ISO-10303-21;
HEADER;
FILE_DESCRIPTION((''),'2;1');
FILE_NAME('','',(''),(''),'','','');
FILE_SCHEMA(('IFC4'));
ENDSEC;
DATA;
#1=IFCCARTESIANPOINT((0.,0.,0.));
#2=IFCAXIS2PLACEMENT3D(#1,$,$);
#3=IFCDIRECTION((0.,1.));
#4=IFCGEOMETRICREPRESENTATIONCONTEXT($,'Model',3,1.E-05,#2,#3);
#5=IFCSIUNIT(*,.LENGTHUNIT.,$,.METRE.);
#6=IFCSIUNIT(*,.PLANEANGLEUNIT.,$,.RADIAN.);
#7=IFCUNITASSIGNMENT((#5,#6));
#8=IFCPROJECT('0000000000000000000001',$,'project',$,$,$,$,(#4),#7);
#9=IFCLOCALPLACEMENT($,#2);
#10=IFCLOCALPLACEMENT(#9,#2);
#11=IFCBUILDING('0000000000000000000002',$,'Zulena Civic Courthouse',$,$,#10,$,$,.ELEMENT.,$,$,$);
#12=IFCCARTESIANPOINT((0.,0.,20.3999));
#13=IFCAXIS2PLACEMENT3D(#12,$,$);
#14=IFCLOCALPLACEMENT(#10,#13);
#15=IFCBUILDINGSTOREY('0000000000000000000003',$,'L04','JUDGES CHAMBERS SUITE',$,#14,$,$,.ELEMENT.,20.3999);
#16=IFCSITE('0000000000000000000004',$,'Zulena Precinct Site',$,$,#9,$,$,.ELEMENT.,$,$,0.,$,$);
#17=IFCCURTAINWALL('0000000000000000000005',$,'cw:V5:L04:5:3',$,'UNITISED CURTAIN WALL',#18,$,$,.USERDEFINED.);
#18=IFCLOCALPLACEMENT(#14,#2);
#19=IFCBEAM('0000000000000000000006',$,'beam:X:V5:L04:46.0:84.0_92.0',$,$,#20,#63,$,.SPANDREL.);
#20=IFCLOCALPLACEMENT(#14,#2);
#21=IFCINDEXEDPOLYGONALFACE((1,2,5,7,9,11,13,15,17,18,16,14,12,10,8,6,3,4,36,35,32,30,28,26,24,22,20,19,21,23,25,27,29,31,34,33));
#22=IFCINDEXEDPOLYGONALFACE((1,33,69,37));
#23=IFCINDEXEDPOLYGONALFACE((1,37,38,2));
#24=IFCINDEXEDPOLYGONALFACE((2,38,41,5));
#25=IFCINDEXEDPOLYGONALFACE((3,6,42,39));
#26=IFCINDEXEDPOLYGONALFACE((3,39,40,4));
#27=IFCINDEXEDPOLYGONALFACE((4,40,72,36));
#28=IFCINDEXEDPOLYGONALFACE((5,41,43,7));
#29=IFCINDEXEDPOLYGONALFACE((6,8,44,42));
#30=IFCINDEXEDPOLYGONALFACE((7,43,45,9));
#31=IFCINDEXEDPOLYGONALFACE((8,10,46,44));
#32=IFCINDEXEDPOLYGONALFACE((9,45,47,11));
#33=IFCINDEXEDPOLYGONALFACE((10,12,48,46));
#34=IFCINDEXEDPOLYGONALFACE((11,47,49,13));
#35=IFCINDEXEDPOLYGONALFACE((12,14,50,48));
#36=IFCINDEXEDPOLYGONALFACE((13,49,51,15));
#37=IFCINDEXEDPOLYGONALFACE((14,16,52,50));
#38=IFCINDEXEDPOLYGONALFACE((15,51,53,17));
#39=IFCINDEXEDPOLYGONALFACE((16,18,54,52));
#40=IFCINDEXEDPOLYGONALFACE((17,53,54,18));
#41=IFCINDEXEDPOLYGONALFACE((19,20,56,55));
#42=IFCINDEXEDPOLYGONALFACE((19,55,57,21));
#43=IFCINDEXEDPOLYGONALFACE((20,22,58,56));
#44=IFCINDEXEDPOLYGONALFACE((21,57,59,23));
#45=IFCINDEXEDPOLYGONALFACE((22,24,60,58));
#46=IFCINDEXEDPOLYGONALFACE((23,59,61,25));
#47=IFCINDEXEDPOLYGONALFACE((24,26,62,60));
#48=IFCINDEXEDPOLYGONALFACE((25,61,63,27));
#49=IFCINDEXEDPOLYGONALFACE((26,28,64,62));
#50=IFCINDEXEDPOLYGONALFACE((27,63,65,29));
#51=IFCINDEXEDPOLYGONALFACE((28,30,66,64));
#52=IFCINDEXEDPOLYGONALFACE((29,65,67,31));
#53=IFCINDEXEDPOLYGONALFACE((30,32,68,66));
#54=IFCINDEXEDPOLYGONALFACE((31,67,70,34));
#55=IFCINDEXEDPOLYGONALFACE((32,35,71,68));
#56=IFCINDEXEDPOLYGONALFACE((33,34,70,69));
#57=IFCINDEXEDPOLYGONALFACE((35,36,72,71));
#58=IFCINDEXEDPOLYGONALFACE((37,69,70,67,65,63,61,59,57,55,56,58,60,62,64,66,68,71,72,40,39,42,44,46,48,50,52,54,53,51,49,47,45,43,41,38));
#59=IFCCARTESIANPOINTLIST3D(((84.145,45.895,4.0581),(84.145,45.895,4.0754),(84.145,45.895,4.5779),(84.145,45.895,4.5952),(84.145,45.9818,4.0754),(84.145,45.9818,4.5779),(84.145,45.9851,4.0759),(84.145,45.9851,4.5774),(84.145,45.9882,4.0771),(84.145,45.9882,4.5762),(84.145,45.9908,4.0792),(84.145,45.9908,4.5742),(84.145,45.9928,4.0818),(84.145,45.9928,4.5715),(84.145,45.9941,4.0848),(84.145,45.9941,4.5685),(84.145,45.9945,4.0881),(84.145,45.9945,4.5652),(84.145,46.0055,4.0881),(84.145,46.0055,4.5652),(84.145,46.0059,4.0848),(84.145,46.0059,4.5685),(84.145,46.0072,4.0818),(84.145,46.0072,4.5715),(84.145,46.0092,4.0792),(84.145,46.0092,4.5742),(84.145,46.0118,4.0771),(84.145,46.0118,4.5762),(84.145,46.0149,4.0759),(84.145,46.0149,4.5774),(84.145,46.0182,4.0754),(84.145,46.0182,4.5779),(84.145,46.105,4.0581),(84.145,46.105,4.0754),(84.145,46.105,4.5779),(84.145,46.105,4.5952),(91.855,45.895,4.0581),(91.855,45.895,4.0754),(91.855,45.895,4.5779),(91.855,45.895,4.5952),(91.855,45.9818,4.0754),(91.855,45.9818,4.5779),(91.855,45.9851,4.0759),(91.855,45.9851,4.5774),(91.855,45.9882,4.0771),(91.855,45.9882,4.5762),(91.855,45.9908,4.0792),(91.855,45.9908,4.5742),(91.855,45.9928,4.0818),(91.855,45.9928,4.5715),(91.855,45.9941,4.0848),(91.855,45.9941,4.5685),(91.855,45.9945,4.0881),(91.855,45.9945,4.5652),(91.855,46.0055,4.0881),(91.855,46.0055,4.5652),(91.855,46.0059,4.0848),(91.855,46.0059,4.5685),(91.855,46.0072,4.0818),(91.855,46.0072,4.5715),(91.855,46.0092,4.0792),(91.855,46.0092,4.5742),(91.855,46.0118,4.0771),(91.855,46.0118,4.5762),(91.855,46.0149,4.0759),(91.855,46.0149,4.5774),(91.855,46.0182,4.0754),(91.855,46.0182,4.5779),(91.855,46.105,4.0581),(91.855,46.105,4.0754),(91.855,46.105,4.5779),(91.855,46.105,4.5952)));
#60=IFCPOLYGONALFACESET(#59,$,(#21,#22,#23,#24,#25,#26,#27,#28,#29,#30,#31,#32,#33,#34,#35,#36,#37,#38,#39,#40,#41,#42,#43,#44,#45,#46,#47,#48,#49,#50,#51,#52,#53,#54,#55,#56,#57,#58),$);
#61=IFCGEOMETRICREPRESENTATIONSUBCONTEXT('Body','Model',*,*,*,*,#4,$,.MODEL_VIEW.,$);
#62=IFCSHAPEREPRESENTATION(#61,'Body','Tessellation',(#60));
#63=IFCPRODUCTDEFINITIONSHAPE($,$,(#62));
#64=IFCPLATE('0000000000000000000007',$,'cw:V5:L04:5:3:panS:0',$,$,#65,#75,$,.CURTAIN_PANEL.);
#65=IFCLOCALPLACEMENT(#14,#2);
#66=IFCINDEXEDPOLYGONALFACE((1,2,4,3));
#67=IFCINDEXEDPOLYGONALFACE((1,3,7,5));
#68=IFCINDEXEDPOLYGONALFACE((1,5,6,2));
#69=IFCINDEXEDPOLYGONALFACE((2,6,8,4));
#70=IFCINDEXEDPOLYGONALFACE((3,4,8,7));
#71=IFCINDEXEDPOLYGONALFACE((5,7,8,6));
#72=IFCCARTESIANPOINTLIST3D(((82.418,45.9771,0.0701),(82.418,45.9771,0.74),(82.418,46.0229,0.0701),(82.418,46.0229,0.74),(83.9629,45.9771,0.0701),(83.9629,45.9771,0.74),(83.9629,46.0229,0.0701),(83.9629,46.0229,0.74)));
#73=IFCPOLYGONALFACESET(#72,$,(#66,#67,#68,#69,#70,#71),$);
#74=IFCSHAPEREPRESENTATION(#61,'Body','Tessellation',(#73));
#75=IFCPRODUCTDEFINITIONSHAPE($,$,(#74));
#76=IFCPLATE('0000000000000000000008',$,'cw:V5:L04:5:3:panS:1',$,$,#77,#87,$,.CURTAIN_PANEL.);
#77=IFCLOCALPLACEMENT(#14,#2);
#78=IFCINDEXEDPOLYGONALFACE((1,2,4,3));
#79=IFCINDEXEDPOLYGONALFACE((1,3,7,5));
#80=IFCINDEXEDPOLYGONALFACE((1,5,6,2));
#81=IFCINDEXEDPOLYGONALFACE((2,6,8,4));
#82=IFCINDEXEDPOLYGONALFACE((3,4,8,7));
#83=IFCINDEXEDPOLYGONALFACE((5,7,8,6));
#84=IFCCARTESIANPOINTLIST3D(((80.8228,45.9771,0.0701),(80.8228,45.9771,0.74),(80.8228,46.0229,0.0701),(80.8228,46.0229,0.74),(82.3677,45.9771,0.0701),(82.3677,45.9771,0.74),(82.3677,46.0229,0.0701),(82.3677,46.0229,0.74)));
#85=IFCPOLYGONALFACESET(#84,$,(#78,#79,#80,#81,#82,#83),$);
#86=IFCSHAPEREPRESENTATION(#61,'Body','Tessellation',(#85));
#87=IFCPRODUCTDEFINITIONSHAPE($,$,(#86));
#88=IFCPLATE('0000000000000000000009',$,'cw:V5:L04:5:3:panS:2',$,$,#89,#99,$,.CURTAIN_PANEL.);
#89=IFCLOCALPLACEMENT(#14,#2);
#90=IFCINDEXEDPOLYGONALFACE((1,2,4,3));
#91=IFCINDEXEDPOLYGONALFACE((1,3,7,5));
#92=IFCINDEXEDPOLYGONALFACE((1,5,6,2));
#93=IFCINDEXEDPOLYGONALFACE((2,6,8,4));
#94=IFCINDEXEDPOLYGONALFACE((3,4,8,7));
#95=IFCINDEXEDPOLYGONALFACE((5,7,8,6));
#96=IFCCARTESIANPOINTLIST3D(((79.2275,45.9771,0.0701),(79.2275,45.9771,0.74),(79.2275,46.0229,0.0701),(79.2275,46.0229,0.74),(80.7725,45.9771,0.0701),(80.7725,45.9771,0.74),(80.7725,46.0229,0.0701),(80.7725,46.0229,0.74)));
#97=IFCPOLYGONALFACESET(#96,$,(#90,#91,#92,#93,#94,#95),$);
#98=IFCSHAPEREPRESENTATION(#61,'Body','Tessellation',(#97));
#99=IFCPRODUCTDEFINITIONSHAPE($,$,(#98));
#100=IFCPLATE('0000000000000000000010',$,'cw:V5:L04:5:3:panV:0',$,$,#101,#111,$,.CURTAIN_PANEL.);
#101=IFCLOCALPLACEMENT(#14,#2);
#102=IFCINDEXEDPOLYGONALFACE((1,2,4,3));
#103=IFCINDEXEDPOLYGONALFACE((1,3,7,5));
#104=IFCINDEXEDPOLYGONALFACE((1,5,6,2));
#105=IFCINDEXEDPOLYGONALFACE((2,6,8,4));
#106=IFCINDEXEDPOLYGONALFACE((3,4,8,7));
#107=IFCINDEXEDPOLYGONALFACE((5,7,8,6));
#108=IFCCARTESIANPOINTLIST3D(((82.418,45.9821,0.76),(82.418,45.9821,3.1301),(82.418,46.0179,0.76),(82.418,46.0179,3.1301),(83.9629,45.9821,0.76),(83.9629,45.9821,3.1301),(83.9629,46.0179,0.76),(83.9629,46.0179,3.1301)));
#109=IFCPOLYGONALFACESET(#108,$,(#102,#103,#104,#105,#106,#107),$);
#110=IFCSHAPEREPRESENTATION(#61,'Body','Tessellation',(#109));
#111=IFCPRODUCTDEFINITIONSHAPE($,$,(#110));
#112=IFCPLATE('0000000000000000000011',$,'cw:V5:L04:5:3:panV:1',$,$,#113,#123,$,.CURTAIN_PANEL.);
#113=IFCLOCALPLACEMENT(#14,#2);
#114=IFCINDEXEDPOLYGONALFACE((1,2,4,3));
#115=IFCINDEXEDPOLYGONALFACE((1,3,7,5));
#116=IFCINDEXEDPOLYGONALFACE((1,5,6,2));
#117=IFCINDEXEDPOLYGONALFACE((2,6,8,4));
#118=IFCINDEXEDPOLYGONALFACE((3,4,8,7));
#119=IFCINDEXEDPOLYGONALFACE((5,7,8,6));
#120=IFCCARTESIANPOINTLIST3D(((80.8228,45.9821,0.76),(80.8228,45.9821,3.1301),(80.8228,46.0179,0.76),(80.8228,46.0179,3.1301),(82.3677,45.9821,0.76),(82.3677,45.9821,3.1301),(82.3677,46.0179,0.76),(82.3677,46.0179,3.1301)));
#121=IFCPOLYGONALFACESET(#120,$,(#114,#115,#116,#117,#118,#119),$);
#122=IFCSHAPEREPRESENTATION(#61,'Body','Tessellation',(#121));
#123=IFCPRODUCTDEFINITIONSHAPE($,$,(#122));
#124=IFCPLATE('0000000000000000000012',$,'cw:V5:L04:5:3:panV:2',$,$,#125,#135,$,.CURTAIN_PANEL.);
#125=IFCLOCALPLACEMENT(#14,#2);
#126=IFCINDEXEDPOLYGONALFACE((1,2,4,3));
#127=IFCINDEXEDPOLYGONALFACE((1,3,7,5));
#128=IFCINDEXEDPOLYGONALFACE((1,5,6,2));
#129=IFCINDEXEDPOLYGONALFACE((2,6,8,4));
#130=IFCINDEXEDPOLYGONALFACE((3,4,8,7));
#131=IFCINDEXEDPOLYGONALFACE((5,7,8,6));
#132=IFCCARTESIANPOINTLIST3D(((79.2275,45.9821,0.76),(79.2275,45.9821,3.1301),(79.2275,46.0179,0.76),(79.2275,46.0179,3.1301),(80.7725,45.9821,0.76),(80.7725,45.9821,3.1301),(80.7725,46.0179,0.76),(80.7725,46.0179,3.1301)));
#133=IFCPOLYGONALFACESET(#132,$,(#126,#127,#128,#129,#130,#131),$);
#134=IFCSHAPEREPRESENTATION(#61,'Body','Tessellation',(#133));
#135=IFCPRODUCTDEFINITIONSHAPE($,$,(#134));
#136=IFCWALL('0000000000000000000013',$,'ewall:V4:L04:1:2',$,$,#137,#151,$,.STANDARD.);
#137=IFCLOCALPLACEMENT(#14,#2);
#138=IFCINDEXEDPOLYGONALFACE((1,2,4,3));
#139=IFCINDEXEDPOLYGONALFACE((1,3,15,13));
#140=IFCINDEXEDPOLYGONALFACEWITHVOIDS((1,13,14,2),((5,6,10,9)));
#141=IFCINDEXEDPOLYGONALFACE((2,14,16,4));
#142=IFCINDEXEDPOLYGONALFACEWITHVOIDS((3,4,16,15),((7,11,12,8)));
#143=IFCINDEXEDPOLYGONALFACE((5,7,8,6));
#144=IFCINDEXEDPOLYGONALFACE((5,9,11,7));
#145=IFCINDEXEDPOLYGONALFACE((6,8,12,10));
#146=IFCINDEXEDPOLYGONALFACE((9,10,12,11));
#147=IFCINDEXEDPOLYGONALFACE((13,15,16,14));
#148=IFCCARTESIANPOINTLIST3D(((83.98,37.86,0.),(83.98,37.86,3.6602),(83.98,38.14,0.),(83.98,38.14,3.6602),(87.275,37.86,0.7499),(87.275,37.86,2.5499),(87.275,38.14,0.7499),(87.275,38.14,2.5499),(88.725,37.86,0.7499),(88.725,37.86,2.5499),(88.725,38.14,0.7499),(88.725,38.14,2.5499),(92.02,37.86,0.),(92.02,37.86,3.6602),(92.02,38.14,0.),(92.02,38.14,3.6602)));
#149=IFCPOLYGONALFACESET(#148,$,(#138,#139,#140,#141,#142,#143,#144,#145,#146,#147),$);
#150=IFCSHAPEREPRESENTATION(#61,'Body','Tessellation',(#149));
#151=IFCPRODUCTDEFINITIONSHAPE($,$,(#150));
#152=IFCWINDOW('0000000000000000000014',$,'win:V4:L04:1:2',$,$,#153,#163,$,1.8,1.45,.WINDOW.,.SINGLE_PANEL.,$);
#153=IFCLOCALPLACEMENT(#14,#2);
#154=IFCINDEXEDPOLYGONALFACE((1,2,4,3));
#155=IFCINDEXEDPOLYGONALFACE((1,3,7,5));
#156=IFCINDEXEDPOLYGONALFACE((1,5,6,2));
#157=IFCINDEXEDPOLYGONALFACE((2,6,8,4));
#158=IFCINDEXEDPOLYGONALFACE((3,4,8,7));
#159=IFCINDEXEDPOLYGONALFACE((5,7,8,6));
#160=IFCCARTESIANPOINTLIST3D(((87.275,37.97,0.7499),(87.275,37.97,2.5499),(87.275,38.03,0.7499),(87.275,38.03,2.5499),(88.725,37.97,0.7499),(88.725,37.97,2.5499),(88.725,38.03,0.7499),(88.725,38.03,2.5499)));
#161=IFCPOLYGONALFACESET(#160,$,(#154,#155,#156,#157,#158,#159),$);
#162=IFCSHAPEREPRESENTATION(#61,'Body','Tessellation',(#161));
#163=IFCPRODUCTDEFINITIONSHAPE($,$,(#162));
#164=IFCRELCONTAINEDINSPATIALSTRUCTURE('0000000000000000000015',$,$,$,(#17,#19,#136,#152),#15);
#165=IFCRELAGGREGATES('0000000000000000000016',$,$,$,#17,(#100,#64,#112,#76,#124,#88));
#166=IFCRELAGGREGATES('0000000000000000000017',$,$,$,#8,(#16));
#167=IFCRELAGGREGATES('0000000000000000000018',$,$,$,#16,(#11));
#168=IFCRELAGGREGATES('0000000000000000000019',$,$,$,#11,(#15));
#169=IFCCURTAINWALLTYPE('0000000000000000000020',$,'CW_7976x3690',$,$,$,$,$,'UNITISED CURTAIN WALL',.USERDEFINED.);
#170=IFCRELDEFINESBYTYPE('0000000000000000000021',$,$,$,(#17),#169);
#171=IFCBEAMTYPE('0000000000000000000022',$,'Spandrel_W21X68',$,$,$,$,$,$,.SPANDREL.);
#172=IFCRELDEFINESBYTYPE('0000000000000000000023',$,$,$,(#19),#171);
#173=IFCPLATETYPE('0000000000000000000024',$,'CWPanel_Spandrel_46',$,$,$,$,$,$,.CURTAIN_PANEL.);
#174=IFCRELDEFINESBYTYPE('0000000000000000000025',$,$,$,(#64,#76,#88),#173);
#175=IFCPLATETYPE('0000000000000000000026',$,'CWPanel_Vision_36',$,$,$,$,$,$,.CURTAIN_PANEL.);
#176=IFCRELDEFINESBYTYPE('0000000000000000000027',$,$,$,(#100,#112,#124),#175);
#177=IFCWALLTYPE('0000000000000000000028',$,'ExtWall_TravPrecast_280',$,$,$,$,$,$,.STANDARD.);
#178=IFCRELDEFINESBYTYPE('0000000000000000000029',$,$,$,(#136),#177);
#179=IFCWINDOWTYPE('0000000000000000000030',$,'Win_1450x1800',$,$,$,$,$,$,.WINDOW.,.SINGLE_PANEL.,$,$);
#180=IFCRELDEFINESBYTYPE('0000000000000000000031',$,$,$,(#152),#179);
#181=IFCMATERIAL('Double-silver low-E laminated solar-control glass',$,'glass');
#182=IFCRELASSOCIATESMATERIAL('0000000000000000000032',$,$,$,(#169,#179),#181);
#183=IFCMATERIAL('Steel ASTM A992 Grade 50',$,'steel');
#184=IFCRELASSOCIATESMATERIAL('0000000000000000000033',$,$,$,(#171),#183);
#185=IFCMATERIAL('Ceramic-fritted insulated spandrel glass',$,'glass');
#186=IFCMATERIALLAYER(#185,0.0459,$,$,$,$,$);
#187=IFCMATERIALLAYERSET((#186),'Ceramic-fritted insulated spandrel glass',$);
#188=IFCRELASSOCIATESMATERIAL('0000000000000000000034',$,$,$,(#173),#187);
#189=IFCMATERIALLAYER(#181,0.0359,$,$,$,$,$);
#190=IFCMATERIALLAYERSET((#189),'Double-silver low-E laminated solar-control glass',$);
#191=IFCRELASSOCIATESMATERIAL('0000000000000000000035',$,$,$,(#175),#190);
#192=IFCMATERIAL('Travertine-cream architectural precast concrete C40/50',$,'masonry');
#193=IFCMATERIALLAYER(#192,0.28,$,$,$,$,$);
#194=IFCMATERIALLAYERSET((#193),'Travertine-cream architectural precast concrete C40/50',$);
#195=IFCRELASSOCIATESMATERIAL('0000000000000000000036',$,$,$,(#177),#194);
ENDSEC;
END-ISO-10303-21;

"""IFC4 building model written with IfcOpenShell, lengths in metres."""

from ifc_helpers import new_model, si_unit, direction, frame, frame_2d, origin, origin_2d, place, context, subcontext, project, spatial, rectangle, i_section, extrude, material, layer, layer_set, material_profile, profile_set, type_object, element, fill, aggregate, save


model = new_model("IFC4")

# Units and contexts
model_context = context("Model", 3, precision=1e-05, world=origin(), true_north=direction((0.0, 1.0)))
body_context = subcontext(model_context, "Body", "Model", "MODEL_VIEW")
ifc_project = project(units=[si_unit("LENGTHUNIT", "METRE"), si_unit("PLANEANGLEUNIT", "RADIAN")], contexts=[model_context])

# Site, building, storey
site_placement = place(None, origin())
site = spatial("IfcSite", under=ifc_project, at=site_placement, Name="Zulena Precinct Site", CompositionType="ELEMENT", RefElevation=0.0)
building_placement = place(site_placement, origin())
building = spatial("IfcBuilding", under=site, at=building_placement, Name="Zulena Civic Courthouse", CompositionType="ELEMENT")
storey_placement = place(building_placement, frame((0.0, 0.0, 20.3999)))
storey = spatial("IfcBuildingStorey", under=building, at=storey_placement, Name="L04", Description="JUDGES CHAMBERS SUITE", CompositionType="ELEMENT", Elevation=20.3999)

# Shared definitions
ifc_material_1 = material(Name="Steel ASTM A992 Grade 50", Category="steel")

# Curtain wall
ifc_material_2 = material(Name="Double-silver low-E laminated solar-control glass", Category="glass")
curtain_wall_type = type_object("IfcCurtainWallType", Name="CW_7976x3690", ElementType="UNITISED CURTAIN WALL", PredefinedType="USERDEFINED", material=ifc_material_2)
curtain_wall_placement = place(storey_placement, origin())
curtain_wall = element("IfcCurtainWall", 1, at=curtain_wall_placement, inside=storey, type_object=curtain_wall_type, Name="cw:V5:L04:5:3", ObjectType="UNITISED CURTAIN WALL", PredefinedType="USERDEFINED")

# Beam
ifc_material_profile_1 = material_profile(ifc_material_1, i_section(OverallWidth=0.21, OverallDepth=0.5371, WebThickness=0.011, FlangeThickness=0.0173, FilletRadius=0.0127, at=origin_2d()), Name="W21X68")
ifc_profile_set_1 = profile_set([ifc_material_profile_1], Name="Steel ASTM A992 Grade 50")
beam_type_1 = type_object("IfcBeamType", Name="Spandrel_W21X68", PredefinedType="SPANDREL", material=ifc_profile_set_1)
for number, where, z_axis, x_axis, name in (
    (2, (84.145, 46.0, 4.3267), (1.0, 0.0, 0.0), (0.0, 1.0, 0.0), "beam:X:V5:L04:46.0:84.0_92.0"),
):
    element("IfcBeam", number, at=place(storey_placement, frame(where, z_axis=z_axis, x_axis=x_axis)), inside=storey, type_object=beam_type_1, Name=name, PredefinedType="SPANDREL", context=body_context, shape_type="SweptSolid", body=[
        extrude(i_section(OverallWidth=0.21, OverallDepth=0.5371, WebThickness=0.011, FlangeThickness=0.0173, FilletRadius=0.0127, at=origin_2d()), origin(), (0.0, 0.0, 1.0), 7.71),
    ])

# Plates
ifc_material_3 = material(Name="Ceramic-fritted insulated spandrel glass", Category="glass")
ifc_layer_1 = layer(ifc_material_3, 0.0459)
ifc_layer_set_1 = layer_set([ifc_layer_1], Name="Ceramic-fritted insulated spandrel glass")
plate_type_1 = type_object("IfcPlateType", Name="CWPanel_Spandrel_46", PredefinedType="CURTAIN_PANEL", material=ifc_layer_set_1)
plate_1_placement = place(storey_placement, frame((83.1904, 46.0, 0.0701), z_axis=(0.0, 0.0, 1.0), x_axis=(-1.0, 0.0, 0.0)))
plate_1 = element("IfcPlate", 3, at=plate_1_placement, type_object=plate_type_1, Name="cw:V5:L04:5:3:panS:0", PredefinedType="CURTAIN_PANEL", context=body_context, shape_type="SweptSolid", body=[
    extrude(rectangle(XDim=1.5449, YDim=0.0459, at=origin_2d()), origin(), (0.0, 0.0, 1.0), 0.6699),
])
plate_2_placement = place(storey_placement, frame((81.5952, 46.0, 0.0701), z_axis=(0.0, 0.0, 1.0), x_axis=(-1.0, 0.0, 0.0)))
plate_2 = element("IfcPlate", 4, at=plate_2_placement, type_object=plate_type_1, Name="cw:V5:L04:5:3:panS:1", PredefinedType="CURTAIN_PANEL", context=body_context, shape_type="SweptSolid", body=[
    extrude(rectangle(XDim=1.5449, YDim=0.0459, at=origin_2d()), origin(), (0.0, 0.0, 1.0), 0.6699),
])
plate_3_placement = place(storey_placement, frame((80.0, 46.0, 0.0701), z_axis=(0.0, 0.0, 1.0), x_axis=(-1.0, 0.0, 0.0)))
plate_3 = element("IfcPlate", 5, at=plate_3_placement, type_object=plate_type_1, Name="cw:V5:L04:5:3:panS:2", PredefinedType="CURTAIN_PANEL", context=body_context, shape_type="SweptSolid", body=[
    extrude(rectangle(XDim=1.5449, YDim=0.0459, at=origin_2d()), origin(), (0.0, 0.0, 1.0), 0.6699),
])
ifc_layer_2 = layer(ifc_material_2, 0.0359)
ifc_layer_set_2 = layer_set([ifc_layer_2], Name="Double-silver low-E laminated solar-control glass")
plate_type_2 = type_object("IfcPlateType", Name="CWPanel_Vision_36", PredefinedType="CURTAIN_PANEL", material=ifc_layer_set_2)
plate_4_placement = place(storey_placement, frame((83.1904, 46.0, 0.76), z_axis=(0.0, 0.0, 1.0), x_axis=(-1.0, 0.0, 0.0)))
plate_4 = element("IfcPlate", 6, at=plate_4_placement, type_object=plate_type_2, Name="cw:V5:L04:5:3:panV:0", PredefinedType="CURTAIN_PANEL", context=body_context, shape_type="SweptSolid", body=[
    extrude(rectangle(XDim=1.5449, YDim=0.0359, at=origin_2d()), origin(), (0.0, 0.0, 1.0), 2.3701),
])
plate_5_placement = place(storey_placement, frame((81.5952, 46.0, 0.76), z_axis=(0.0, 0.0, 1.0), x_axis=(-1.0, 0.0, 0.0)))
plate_5 = element("IfcPlate", 7, at=plate_5_placement, type_object=plate_type_2, Name="cw:V5:L04:5:3:panV:1", PredefinedType="CURTAIN_PANEL", context=body_context, shape_type="SweptSolid", body=[
    extrude(rectangle(XDim=1.5449, YDim=0.0359, at=origin_2d()), origin(), (0.0, 0.0, 1.0), 2.3701),
])
plate_6_placement = place(storey_placement, frame((80.0, 46.0, 0.76), z_axis=(0.0, 0.0, 1.0), x_axis=(-1.0, 0.0, 0.0)))
plate_6 = element("IfcPlate", 8, at=plate_6_placement, type_object=plate_type_2, Name="cw:V5:L04:5:3:panV:2", PredefinedType="CURTAIN_PANEL", context=body_context, shape_type="SweptSolid", body=[
    extrude(rectangle(XDim=1.5449, YDim=0.0359, at=origin_2d()), origin(), (0.0, 0.0, 1.0), 2.3701),
])
aggregate(curtain_wall, [plate_4, plate_1, plate_5, plate_2, plate_6, plate_3])

# Wall, opening, window
ifc_material_4 = material(Name="Travertine-cream architectural precast concrete C40/50", Category="masonry")
ifc_layer_3 = layer(ifc_material_4, 0.28)
ifc_layer_set_3 = layer_set([ifc_layer_3], Name="Travertine-cream architectural precast concrete C40/50")
wall_type_1 = type_object("IfcWallType", Name="ExtWall_TravPrecast_280", PredefinedType="STANDARD", material=ifc_layer_set_3)
wall_1_placement = place(storey_placement, frame((83.98, 38.0, 0.0), z_axis=(0.0, 0.0, 1.0), x_axis=(1.0, 0.0, 0.0)))
wall_1 = element("IfcWall", 9, at=wall_1_placement, inside=storey, type_object=wall_type_1, Name="ewall:V4:L04:1:2", PredefinedType="STANDARD", context=body_context, shape_type="SweptSolid", body=[
    extrude(rectangle(XDim=8.04, YDim=0.28, at=frame_2d((4.02, 0.0))), origin(), (0.0, 0.0, 1.0), 3.6602),
])
opening_1_placement = place(wall_1_placement, frame((3.2949, 0.0, 0.75)))
opening_1 = element("IfcOpeningElement", 10, at=opening_1_placement, cuts=wall_1, PredefinedType="OPENING", context=body_context, shape_type="SweptSolid", body=[
    extrude(rectangle(XDim=1.45, YDim=1.8, at=frame_2d((0.7251, 0.8999))), frame((0.0, 0.1499, 0.0), z_axis=(0.0, -1.0, 0.0), x_axis=(1.0, 0.0, 0.0)), (0.0, 0.0, 1.0), 0.3),
])
window_type = type_object("IfcWindowType", Name="Win_1450x1800", PartitioningType="SINGLE_PANEL", PredefinedType="WINDOW", material=ifc_material_2)
window_placement = place(opening_1_placement, origin())
window = element("IfcWindow", 11, at=window_placement, inside=storey, type_object=window_type, Name="win:V4:L04:1:2", OverallHeight=1.8, OverallWidth=1.45, PartitioningType="SINGLE_PANEL", PredefinedType="WINDOW", context=body_context, shape_type="SweptSolid", body=[
    extrude(rectangle(XDim=1.45, YDim=1.8, at=frame_2d((0.7251, 0.8999))), frame((0.0, 0.03, 0.0), z_axis=(0.0, -1.0, 0.0), x_axis=(1.0, 0.0, 0.0)), (0.0, 0.0, 1.0), 0.0601),
])
fill(opening_1, window)

save(model, "model.ifc")
